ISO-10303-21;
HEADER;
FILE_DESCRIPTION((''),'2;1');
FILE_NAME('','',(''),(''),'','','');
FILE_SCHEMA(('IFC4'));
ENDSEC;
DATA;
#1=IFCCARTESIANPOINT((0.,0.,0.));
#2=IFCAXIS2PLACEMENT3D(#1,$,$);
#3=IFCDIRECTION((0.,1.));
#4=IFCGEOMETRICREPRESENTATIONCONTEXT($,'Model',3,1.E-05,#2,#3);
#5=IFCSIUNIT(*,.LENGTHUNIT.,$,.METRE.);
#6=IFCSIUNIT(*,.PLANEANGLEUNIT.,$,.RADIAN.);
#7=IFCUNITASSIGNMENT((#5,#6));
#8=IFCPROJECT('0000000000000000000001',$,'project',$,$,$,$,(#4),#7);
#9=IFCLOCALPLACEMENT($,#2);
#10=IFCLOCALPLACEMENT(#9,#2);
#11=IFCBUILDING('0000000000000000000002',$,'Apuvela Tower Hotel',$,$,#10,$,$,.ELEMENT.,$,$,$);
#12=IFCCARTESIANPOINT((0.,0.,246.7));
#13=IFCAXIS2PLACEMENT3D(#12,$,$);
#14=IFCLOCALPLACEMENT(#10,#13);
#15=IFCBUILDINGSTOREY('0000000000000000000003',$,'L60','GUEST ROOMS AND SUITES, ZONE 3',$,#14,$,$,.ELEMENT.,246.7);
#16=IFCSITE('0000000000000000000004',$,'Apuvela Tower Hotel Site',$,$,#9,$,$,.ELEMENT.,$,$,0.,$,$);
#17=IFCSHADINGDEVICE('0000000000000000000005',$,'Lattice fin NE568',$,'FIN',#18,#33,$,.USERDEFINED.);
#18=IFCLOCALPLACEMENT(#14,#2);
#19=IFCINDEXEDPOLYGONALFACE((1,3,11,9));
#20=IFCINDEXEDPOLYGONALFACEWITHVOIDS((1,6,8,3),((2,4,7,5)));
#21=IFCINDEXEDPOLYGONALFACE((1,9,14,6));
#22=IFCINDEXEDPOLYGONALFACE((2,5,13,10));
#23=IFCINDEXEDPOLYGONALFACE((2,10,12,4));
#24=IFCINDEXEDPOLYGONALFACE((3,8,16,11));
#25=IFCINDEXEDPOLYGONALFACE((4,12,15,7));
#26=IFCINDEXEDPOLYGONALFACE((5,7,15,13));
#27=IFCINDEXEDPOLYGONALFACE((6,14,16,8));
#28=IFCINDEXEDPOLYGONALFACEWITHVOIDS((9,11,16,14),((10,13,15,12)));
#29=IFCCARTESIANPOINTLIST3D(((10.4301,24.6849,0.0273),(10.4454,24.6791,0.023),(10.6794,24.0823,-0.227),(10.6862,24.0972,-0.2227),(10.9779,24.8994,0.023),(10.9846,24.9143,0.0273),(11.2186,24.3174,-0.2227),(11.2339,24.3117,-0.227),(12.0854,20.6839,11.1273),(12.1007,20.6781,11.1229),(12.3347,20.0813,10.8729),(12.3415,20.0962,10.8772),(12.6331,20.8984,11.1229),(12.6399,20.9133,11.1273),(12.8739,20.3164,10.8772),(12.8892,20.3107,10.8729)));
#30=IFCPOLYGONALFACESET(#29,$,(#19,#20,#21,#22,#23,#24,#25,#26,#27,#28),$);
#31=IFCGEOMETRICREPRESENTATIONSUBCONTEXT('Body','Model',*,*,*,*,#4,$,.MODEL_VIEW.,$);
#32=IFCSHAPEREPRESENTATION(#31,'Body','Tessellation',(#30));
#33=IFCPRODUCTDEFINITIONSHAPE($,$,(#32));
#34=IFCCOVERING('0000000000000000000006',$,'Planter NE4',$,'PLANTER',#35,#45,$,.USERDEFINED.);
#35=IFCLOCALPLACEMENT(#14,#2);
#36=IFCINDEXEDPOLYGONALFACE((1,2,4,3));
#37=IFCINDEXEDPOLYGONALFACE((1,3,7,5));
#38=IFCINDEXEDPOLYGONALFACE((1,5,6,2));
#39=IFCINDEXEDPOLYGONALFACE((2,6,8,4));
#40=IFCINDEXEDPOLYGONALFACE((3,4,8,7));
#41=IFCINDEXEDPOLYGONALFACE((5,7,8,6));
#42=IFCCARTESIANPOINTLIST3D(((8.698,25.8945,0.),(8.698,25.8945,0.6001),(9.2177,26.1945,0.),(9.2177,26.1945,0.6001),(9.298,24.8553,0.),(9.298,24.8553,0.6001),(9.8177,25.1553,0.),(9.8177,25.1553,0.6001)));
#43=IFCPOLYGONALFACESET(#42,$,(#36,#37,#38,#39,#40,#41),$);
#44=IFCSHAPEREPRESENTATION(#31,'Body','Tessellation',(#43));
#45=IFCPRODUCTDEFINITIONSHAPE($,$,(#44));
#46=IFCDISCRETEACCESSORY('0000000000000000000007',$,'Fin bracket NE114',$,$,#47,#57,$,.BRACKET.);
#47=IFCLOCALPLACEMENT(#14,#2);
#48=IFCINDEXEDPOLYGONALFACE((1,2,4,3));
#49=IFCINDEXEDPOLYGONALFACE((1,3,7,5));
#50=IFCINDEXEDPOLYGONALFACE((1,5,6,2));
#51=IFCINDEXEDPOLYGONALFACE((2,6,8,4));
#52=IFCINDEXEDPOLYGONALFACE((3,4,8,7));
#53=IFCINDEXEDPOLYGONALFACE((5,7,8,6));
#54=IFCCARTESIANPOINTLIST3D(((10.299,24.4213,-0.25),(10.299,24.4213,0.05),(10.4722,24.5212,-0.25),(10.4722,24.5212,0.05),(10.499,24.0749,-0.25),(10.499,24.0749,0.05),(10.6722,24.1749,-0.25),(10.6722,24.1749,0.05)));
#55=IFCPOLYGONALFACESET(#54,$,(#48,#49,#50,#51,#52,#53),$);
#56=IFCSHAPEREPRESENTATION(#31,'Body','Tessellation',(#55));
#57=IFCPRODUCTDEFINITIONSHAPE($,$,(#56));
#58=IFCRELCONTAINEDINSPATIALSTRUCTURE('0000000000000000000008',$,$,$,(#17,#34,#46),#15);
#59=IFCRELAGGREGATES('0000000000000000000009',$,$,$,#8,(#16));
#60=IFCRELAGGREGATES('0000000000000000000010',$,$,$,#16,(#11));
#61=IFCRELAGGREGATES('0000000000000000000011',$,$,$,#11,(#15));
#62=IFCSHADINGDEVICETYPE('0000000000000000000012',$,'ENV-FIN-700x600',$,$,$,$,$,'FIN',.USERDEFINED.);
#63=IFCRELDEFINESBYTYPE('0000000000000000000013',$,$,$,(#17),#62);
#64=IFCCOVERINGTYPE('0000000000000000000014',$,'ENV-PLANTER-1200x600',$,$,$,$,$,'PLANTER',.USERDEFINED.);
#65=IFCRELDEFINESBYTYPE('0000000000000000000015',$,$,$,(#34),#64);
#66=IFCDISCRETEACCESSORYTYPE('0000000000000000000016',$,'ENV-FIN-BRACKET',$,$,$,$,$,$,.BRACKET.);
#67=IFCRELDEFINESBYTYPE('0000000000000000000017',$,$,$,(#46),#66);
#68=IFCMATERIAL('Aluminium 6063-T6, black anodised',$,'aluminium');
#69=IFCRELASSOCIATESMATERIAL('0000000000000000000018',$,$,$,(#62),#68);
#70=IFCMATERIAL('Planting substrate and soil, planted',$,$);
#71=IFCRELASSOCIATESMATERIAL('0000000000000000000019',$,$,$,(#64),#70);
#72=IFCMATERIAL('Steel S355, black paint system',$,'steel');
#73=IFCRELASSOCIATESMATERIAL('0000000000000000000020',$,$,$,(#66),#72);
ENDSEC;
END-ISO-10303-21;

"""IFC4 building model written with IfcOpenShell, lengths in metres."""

from ifc_helpers import new_model, si_unit, direction, frame, origin, origin_2d, place, context, subcontext, project, spatial, rectangle, hollow_rectangle, extrude, material, material_profile, profile_set, type_object, element, save


model = new_model("IFC4")

# Units and contexts
model_context = context("Model", 3, precision=1e-05, world=origin(), true_north=direction((0.0, 1.0)))
body_context = subcontext(model_context, "Body", "Model", "MODEL_VIEW")
ifc_project = project(units=[si_unit("LENGTHUNIT", "METRE"), si_unit("PLANEANGLEUNIT", "RADIAN")], contexts=[model_context])

# Site, building, storey
site_placement = place(None, origin())
site = spatial("IfcSite", under=ifc_project, at=site_placement, Name="Apuvela Tower Hotel Site", CompositionType="ELEMENT", RefElevation=0.0)
building_placement = place(site_placement, origin())
building = spatial("IfcBuilding", under=site, at=building_placement, Name="Apuvela Tower Hotel", CompositionType="ELEMENT")
storey_placement = place(building_placement, frame((0.0, 0.0, 246.7)))
storey = spatial("IfcBuildingStorey", under=building, at=storey_placement, Name="L60", Description="GUEST ROOMS AND SUITES, ZONE 3", CompositionType="ELEMENT", Elevation=246.7)

# Shading device
ifc_material_1 = material(Name="Aluminium 6063-T6, black anodised", Category="aluminium")
ifc_material_profile_1 = material_profile(ifc_material_1, hollow_rectangle(XDim=0.6001, YDim=0.7, WallThickness=0.012, at=origin_2d()), Name="AL BOX 700x600x12")
ifc_profile_set_1 = profile_set([ifc_material_profile_1], Name="Aluminium 6063-T6, black anodised")
shading_device_type = type_object("IfcShadingDeviceType", Name="ENV-FIN-700x600", ElementType="FIN", PredefinedType="USERDEFINED", material=ifc_profile_set_1)
shading_device_1_placement = place(storey_placement, frame((10.832, 24.4983, -0.0999), z_axis=(0.13893, -0.335808, 0.931628), x_axis=(0.924042, 0.382292, 0.0)))
element("IfcShadingDevice", 1, at=shading_device_1_placement, inside=storey, type_object=shading_device_type, Name="Lattice fin NE568", ObjectType="FIN", PredefinedType="USERDEFINED", context=body_context, shape_type="SweptSolid", body=[
    extrude(hollow_rectangle(XDim=0.6001, YDim=0.7, WallThickness=0.012, at=origin_2d()), origin(), (0.0, 0.0, 1.0), 11.9146),
])

# Covering
ifc_material_2 = material(Name="Planting substrate and soil, planted")
covering_type = type_object("IfcCoveringType", Name="ENV-PLANTER-1200x600", ElementType="PLANTER", PredefinedType="USERDEFINED", material=ifc_material_2)
covering_placement = place(storey_placement, frame((9.2578, 25.5249, 0.0), z_axis=(0.0, 0.0, 1.0), x_axis=(-0.5, 0.866025, 0.0)))
element("IfcCovering", 2, at=covering_placement, inside=storey, type_object=covering_type, Name="Planter NE4", ObjectType="PLANTER", PredefinedType="USERDEFINED", context=body_context, shape_type="SweptSolid", body=[
    extrude(rectangle(XDim=1.2, YDim=0.6001, at=origin_2d()), origin(), (0.0, 0.0, 1.0), 0.6001),
])

# Discrete accessory
ifc_material_3 = material(Name="Steel S355, black paint system", Category="steel")
discrete_accessory_type = type_object("IfcDiscreteAccessoryType", Name="ENV-FIN-BRACKET", PredefinedType="BRACKET", material=ifc_material_3)
discrete_accessory_placement = place(storey_placement, frame((10.4856, 24.2981, -0.25), z_axis=(0.0, 0.0, 1.0), x_axis=(-0.5, 0.866025, 0.0)))
element("IfcDiscreteAccessory", 3, at=discrete_accessory_placement, inside=storey, type_object=discrete_accessory_type, Name="Fin bracket NE114", PredefinedType="BRACKET", context=body_context, shape_type="SweptSolid", body=[
    extrude(rectangle(XDim=0.3999, YDim=0.2, at=origin_2d()), origin(), (0.0, 0.0, 1.0), 0.3),
])

save(model, "model.ifc")
